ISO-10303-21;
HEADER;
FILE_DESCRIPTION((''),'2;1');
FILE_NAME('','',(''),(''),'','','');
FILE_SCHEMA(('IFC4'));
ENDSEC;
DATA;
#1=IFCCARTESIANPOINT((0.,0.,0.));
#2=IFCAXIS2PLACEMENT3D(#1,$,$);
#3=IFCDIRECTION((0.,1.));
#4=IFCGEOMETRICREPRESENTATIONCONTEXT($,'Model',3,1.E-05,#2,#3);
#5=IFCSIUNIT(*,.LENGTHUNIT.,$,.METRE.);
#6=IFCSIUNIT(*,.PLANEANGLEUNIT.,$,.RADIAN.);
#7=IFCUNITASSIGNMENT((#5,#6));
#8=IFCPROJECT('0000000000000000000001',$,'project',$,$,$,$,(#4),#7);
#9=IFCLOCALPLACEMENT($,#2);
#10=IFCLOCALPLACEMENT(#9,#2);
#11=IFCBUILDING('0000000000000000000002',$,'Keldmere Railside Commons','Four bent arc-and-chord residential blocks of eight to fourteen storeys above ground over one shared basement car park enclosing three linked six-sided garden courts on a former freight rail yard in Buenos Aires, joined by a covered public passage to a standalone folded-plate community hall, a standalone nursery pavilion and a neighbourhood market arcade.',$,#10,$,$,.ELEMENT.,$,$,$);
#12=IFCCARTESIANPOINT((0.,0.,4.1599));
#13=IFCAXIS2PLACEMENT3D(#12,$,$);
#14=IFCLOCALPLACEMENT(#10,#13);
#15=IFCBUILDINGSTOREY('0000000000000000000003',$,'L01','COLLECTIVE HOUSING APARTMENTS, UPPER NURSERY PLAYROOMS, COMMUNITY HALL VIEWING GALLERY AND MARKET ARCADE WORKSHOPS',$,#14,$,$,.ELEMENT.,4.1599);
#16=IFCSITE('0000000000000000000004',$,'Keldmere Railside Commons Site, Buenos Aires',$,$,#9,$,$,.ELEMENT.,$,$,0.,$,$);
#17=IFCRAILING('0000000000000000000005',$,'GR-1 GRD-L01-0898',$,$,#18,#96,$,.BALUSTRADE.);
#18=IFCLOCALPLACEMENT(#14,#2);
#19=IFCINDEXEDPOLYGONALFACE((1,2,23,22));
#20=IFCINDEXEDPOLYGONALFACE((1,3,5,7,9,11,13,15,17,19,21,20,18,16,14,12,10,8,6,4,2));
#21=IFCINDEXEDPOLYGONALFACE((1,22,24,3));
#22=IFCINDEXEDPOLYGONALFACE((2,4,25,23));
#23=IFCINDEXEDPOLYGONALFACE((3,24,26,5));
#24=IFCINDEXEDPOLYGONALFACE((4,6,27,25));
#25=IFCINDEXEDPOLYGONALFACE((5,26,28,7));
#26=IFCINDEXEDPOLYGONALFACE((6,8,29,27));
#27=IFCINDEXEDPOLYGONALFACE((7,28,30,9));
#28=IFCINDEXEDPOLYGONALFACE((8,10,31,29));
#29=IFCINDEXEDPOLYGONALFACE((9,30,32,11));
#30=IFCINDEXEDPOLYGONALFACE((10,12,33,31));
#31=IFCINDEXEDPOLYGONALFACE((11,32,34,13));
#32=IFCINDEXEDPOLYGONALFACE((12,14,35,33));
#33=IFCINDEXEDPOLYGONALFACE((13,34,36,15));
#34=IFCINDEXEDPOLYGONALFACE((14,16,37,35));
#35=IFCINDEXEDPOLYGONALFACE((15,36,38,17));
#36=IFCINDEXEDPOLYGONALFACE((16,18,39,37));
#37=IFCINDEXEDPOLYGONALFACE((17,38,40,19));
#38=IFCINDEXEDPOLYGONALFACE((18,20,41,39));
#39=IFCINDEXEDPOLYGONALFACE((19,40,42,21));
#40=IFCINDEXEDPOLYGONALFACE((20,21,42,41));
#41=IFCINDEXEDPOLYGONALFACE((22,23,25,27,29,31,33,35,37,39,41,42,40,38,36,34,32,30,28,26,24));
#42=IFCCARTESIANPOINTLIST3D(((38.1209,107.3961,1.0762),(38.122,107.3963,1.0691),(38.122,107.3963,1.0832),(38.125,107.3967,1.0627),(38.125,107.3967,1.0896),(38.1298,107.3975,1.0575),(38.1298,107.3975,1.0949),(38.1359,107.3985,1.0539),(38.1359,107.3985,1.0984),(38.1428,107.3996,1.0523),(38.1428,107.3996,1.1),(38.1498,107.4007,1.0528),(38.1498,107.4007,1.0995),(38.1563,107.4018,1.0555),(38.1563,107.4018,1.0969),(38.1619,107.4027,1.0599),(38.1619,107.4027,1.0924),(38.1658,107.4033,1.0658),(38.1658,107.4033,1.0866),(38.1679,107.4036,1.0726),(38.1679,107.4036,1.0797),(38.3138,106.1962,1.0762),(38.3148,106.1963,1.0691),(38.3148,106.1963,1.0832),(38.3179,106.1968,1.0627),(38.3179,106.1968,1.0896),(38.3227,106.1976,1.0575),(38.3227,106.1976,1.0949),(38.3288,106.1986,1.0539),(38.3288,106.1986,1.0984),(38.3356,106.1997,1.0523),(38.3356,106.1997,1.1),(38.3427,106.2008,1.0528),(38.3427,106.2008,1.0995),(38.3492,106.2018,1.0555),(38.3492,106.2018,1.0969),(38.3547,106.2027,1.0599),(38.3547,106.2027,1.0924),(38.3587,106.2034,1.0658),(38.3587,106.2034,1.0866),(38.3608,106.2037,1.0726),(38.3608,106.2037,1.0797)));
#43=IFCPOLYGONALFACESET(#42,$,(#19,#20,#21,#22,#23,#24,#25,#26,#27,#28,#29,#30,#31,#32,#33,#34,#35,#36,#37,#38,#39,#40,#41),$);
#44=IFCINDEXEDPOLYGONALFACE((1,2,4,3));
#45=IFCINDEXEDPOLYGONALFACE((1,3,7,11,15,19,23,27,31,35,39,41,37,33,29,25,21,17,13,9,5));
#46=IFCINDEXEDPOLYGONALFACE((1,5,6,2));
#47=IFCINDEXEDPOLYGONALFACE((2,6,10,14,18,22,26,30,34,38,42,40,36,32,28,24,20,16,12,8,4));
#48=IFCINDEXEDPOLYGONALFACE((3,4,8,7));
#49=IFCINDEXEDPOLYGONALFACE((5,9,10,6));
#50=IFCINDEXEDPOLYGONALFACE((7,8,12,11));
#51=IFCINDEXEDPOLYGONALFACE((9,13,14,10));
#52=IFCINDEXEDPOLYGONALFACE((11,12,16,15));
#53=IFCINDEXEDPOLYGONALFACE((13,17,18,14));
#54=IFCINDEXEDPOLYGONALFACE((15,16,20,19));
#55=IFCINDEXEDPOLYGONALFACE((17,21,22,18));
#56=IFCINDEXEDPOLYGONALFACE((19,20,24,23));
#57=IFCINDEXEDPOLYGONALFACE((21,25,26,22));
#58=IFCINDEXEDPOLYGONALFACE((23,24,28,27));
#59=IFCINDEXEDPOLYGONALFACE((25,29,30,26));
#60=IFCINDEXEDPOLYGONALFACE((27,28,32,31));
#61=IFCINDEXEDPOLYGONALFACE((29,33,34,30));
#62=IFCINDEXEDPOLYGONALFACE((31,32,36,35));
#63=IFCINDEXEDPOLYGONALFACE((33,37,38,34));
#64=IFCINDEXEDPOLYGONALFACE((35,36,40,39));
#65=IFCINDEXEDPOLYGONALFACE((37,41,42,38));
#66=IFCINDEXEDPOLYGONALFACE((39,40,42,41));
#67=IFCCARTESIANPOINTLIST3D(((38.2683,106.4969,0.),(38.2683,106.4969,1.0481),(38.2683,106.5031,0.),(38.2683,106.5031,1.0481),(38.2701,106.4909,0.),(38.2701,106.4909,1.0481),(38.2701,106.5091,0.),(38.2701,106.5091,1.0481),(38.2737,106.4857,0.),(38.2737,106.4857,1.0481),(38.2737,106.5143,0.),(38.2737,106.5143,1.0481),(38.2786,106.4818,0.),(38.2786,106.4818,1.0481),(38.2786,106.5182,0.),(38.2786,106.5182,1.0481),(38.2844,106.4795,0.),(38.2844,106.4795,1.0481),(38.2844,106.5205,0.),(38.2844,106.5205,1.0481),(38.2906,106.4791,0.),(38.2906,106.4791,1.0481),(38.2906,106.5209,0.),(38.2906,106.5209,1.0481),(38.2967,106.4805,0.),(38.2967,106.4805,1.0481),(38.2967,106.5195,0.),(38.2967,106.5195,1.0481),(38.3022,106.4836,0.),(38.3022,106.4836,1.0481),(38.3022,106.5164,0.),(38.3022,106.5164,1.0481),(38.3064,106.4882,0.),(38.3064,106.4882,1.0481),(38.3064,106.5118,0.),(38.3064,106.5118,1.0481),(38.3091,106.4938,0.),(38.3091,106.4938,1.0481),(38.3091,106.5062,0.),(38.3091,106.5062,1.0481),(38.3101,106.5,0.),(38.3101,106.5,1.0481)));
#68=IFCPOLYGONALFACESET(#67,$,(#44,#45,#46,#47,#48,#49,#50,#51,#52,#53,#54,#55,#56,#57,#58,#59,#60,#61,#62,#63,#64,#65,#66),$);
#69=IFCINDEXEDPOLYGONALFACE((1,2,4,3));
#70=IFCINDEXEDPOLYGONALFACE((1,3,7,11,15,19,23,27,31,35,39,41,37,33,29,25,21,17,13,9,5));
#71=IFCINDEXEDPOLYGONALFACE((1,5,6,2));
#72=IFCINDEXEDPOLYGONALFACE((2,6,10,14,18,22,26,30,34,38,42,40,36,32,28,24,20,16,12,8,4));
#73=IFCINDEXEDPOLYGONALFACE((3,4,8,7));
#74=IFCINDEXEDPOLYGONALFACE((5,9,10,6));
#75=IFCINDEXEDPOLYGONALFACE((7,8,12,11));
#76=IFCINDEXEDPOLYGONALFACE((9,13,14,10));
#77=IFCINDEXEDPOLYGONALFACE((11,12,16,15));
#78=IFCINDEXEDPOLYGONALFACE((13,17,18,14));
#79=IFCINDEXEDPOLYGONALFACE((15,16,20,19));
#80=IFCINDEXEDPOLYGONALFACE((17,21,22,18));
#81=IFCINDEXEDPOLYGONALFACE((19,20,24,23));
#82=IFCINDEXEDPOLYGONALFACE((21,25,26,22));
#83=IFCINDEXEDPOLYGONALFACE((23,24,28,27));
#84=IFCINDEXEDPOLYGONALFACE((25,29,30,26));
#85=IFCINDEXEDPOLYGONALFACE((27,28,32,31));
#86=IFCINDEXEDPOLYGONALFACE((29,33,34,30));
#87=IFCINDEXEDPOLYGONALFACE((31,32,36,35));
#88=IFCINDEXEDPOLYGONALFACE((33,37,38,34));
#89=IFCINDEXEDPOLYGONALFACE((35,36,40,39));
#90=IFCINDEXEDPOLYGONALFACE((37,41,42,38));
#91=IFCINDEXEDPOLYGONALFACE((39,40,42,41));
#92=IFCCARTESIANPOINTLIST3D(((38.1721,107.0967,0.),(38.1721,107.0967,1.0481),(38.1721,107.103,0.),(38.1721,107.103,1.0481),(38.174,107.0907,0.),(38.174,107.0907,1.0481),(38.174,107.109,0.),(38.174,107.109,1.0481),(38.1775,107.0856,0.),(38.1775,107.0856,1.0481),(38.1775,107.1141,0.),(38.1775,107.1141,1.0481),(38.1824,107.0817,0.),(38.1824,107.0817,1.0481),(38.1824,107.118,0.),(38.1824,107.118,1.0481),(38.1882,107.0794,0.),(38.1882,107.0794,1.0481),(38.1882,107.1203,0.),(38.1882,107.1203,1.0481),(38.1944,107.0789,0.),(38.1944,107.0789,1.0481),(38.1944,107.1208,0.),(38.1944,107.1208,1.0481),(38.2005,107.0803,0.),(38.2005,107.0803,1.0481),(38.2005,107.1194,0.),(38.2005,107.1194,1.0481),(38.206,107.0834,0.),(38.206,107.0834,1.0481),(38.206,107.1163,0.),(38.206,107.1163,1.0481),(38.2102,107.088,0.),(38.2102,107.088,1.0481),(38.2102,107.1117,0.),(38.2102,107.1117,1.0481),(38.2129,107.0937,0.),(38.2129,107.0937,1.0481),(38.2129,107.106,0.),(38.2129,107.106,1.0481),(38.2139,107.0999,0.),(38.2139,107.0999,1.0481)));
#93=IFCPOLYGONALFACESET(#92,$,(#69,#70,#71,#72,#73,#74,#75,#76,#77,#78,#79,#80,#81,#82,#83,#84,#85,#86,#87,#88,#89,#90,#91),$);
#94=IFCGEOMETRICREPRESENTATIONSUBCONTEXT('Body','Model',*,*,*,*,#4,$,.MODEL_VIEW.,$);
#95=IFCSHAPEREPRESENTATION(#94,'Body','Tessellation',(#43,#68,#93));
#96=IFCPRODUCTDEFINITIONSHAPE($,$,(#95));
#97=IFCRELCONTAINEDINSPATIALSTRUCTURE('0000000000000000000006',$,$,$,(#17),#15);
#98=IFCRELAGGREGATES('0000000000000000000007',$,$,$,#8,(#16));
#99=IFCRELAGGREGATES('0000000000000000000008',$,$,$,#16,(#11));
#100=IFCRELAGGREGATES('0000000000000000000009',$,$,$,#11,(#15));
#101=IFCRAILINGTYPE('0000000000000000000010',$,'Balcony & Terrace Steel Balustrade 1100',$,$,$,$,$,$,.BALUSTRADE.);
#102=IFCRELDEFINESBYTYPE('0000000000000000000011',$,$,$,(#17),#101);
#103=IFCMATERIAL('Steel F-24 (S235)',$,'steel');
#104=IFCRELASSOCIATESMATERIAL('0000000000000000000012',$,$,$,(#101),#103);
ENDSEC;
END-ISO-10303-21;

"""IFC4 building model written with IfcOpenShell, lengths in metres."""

from ifc_helpers import new_model, si_unit, direction, frame, origin, origin_2d, place, context, subcontext, project, spatial, circle, extrude, material, type_object, element, save


model = new_model("IFC4")

# Units and contexts
model_context = context("Model", 3, precision=1e-05, world=origin(), true_north=direction((0.0, 1.0)))
body_context = subcontext(model_context, "Body", "Model", "MODEL_VIEW")
ifc_project = project(units=[si_unit("LENGTHUNIT", "METRE"), si_unit("PLANEANGLEUNIT", "RADIAN")], contexts=[model_context])

# Site, building, storey
site_placement = place(None, origin())
site = spatial("IfcSite", under=ifc_project, at=site_placement, Name="Keldmere Railside Commons Site, Buenos Aires", CompositionType="ELEMENT", RefElevation=0.0)
building_placement = place(site_placement, origin())
building = spatial("IfcBuilding", under=site, at=building_placement, Name="Keldmere Railside Commons", Description="Four bent arc-and-chord residential blocks of eight to fourteen storeys above ground over one shared basement car park enclosing three linked six-sided garden courts on a former freight rail yard in Buenos Aires, joined by a covered public passage to a standalone folded-plate community hall, a standalone nursery pavilion and a neighbourhood market arcade.", CompositionType="ELEMENT")
storey_placement = place(building_placement, frame((0.0, 0.0, 4.1599)))
storey = spatial("IfcBuildingStorey", under=building, at=storey_placement, Name="L01", Description="COLLECTIVE HOUSING APARTMENTS, UPPER NURSERY PLAYROOMS, COMMUNITY HALL VIEWING GALLERY AND MARKET ARCADE WORKSHOPS", CompositionType="ELEMENT", Elevation=4.1599)

# Railing
ifc_material_1 = material(Name="Steel F-24 (S235)", Category="steel")
railing_type = type_object("IfcRailingType", Name="Balcony & Terrace Steel Balustrade 1100", PredefinedType="BALUSTRADE", material=ifc_material_1)
railing_1_placement = place(storey_placement, frame((38.3374, 106.2, 0.0)))
element("IfcRailing", 1, at=railing_1_placement, inside=storey, type_object=railing_type, Name="GR-1 GRD-L01-0898", PredefinedType="BALUSTRADE", context=body_context, shape_type="SweptSolid", body=[
    extrude(circle(Radius=0.0239, at=origin_2d()), frame((0.0, 0.0, 1.0762), z_axis=(-0.158696, 0.987328, 0.0), x_axis=(-0.987328, -0.158696, 0.0)), (0.0, 0.0, 1.0), 1.2153),
    extrude(circle(Radius=0.021, at=origin_2d()), frame((-0.0483, 0.3, 0.0)), (0.0, 0.0, 1.0), 1.0481),
    extrude(circle(Radius=0.021, at=origin_2d()), frame((-0.1445, 0.8999, 0.0)), (0.0, 0.0, 1.0), 1.0481),
])

save(model, "model.ifc")
